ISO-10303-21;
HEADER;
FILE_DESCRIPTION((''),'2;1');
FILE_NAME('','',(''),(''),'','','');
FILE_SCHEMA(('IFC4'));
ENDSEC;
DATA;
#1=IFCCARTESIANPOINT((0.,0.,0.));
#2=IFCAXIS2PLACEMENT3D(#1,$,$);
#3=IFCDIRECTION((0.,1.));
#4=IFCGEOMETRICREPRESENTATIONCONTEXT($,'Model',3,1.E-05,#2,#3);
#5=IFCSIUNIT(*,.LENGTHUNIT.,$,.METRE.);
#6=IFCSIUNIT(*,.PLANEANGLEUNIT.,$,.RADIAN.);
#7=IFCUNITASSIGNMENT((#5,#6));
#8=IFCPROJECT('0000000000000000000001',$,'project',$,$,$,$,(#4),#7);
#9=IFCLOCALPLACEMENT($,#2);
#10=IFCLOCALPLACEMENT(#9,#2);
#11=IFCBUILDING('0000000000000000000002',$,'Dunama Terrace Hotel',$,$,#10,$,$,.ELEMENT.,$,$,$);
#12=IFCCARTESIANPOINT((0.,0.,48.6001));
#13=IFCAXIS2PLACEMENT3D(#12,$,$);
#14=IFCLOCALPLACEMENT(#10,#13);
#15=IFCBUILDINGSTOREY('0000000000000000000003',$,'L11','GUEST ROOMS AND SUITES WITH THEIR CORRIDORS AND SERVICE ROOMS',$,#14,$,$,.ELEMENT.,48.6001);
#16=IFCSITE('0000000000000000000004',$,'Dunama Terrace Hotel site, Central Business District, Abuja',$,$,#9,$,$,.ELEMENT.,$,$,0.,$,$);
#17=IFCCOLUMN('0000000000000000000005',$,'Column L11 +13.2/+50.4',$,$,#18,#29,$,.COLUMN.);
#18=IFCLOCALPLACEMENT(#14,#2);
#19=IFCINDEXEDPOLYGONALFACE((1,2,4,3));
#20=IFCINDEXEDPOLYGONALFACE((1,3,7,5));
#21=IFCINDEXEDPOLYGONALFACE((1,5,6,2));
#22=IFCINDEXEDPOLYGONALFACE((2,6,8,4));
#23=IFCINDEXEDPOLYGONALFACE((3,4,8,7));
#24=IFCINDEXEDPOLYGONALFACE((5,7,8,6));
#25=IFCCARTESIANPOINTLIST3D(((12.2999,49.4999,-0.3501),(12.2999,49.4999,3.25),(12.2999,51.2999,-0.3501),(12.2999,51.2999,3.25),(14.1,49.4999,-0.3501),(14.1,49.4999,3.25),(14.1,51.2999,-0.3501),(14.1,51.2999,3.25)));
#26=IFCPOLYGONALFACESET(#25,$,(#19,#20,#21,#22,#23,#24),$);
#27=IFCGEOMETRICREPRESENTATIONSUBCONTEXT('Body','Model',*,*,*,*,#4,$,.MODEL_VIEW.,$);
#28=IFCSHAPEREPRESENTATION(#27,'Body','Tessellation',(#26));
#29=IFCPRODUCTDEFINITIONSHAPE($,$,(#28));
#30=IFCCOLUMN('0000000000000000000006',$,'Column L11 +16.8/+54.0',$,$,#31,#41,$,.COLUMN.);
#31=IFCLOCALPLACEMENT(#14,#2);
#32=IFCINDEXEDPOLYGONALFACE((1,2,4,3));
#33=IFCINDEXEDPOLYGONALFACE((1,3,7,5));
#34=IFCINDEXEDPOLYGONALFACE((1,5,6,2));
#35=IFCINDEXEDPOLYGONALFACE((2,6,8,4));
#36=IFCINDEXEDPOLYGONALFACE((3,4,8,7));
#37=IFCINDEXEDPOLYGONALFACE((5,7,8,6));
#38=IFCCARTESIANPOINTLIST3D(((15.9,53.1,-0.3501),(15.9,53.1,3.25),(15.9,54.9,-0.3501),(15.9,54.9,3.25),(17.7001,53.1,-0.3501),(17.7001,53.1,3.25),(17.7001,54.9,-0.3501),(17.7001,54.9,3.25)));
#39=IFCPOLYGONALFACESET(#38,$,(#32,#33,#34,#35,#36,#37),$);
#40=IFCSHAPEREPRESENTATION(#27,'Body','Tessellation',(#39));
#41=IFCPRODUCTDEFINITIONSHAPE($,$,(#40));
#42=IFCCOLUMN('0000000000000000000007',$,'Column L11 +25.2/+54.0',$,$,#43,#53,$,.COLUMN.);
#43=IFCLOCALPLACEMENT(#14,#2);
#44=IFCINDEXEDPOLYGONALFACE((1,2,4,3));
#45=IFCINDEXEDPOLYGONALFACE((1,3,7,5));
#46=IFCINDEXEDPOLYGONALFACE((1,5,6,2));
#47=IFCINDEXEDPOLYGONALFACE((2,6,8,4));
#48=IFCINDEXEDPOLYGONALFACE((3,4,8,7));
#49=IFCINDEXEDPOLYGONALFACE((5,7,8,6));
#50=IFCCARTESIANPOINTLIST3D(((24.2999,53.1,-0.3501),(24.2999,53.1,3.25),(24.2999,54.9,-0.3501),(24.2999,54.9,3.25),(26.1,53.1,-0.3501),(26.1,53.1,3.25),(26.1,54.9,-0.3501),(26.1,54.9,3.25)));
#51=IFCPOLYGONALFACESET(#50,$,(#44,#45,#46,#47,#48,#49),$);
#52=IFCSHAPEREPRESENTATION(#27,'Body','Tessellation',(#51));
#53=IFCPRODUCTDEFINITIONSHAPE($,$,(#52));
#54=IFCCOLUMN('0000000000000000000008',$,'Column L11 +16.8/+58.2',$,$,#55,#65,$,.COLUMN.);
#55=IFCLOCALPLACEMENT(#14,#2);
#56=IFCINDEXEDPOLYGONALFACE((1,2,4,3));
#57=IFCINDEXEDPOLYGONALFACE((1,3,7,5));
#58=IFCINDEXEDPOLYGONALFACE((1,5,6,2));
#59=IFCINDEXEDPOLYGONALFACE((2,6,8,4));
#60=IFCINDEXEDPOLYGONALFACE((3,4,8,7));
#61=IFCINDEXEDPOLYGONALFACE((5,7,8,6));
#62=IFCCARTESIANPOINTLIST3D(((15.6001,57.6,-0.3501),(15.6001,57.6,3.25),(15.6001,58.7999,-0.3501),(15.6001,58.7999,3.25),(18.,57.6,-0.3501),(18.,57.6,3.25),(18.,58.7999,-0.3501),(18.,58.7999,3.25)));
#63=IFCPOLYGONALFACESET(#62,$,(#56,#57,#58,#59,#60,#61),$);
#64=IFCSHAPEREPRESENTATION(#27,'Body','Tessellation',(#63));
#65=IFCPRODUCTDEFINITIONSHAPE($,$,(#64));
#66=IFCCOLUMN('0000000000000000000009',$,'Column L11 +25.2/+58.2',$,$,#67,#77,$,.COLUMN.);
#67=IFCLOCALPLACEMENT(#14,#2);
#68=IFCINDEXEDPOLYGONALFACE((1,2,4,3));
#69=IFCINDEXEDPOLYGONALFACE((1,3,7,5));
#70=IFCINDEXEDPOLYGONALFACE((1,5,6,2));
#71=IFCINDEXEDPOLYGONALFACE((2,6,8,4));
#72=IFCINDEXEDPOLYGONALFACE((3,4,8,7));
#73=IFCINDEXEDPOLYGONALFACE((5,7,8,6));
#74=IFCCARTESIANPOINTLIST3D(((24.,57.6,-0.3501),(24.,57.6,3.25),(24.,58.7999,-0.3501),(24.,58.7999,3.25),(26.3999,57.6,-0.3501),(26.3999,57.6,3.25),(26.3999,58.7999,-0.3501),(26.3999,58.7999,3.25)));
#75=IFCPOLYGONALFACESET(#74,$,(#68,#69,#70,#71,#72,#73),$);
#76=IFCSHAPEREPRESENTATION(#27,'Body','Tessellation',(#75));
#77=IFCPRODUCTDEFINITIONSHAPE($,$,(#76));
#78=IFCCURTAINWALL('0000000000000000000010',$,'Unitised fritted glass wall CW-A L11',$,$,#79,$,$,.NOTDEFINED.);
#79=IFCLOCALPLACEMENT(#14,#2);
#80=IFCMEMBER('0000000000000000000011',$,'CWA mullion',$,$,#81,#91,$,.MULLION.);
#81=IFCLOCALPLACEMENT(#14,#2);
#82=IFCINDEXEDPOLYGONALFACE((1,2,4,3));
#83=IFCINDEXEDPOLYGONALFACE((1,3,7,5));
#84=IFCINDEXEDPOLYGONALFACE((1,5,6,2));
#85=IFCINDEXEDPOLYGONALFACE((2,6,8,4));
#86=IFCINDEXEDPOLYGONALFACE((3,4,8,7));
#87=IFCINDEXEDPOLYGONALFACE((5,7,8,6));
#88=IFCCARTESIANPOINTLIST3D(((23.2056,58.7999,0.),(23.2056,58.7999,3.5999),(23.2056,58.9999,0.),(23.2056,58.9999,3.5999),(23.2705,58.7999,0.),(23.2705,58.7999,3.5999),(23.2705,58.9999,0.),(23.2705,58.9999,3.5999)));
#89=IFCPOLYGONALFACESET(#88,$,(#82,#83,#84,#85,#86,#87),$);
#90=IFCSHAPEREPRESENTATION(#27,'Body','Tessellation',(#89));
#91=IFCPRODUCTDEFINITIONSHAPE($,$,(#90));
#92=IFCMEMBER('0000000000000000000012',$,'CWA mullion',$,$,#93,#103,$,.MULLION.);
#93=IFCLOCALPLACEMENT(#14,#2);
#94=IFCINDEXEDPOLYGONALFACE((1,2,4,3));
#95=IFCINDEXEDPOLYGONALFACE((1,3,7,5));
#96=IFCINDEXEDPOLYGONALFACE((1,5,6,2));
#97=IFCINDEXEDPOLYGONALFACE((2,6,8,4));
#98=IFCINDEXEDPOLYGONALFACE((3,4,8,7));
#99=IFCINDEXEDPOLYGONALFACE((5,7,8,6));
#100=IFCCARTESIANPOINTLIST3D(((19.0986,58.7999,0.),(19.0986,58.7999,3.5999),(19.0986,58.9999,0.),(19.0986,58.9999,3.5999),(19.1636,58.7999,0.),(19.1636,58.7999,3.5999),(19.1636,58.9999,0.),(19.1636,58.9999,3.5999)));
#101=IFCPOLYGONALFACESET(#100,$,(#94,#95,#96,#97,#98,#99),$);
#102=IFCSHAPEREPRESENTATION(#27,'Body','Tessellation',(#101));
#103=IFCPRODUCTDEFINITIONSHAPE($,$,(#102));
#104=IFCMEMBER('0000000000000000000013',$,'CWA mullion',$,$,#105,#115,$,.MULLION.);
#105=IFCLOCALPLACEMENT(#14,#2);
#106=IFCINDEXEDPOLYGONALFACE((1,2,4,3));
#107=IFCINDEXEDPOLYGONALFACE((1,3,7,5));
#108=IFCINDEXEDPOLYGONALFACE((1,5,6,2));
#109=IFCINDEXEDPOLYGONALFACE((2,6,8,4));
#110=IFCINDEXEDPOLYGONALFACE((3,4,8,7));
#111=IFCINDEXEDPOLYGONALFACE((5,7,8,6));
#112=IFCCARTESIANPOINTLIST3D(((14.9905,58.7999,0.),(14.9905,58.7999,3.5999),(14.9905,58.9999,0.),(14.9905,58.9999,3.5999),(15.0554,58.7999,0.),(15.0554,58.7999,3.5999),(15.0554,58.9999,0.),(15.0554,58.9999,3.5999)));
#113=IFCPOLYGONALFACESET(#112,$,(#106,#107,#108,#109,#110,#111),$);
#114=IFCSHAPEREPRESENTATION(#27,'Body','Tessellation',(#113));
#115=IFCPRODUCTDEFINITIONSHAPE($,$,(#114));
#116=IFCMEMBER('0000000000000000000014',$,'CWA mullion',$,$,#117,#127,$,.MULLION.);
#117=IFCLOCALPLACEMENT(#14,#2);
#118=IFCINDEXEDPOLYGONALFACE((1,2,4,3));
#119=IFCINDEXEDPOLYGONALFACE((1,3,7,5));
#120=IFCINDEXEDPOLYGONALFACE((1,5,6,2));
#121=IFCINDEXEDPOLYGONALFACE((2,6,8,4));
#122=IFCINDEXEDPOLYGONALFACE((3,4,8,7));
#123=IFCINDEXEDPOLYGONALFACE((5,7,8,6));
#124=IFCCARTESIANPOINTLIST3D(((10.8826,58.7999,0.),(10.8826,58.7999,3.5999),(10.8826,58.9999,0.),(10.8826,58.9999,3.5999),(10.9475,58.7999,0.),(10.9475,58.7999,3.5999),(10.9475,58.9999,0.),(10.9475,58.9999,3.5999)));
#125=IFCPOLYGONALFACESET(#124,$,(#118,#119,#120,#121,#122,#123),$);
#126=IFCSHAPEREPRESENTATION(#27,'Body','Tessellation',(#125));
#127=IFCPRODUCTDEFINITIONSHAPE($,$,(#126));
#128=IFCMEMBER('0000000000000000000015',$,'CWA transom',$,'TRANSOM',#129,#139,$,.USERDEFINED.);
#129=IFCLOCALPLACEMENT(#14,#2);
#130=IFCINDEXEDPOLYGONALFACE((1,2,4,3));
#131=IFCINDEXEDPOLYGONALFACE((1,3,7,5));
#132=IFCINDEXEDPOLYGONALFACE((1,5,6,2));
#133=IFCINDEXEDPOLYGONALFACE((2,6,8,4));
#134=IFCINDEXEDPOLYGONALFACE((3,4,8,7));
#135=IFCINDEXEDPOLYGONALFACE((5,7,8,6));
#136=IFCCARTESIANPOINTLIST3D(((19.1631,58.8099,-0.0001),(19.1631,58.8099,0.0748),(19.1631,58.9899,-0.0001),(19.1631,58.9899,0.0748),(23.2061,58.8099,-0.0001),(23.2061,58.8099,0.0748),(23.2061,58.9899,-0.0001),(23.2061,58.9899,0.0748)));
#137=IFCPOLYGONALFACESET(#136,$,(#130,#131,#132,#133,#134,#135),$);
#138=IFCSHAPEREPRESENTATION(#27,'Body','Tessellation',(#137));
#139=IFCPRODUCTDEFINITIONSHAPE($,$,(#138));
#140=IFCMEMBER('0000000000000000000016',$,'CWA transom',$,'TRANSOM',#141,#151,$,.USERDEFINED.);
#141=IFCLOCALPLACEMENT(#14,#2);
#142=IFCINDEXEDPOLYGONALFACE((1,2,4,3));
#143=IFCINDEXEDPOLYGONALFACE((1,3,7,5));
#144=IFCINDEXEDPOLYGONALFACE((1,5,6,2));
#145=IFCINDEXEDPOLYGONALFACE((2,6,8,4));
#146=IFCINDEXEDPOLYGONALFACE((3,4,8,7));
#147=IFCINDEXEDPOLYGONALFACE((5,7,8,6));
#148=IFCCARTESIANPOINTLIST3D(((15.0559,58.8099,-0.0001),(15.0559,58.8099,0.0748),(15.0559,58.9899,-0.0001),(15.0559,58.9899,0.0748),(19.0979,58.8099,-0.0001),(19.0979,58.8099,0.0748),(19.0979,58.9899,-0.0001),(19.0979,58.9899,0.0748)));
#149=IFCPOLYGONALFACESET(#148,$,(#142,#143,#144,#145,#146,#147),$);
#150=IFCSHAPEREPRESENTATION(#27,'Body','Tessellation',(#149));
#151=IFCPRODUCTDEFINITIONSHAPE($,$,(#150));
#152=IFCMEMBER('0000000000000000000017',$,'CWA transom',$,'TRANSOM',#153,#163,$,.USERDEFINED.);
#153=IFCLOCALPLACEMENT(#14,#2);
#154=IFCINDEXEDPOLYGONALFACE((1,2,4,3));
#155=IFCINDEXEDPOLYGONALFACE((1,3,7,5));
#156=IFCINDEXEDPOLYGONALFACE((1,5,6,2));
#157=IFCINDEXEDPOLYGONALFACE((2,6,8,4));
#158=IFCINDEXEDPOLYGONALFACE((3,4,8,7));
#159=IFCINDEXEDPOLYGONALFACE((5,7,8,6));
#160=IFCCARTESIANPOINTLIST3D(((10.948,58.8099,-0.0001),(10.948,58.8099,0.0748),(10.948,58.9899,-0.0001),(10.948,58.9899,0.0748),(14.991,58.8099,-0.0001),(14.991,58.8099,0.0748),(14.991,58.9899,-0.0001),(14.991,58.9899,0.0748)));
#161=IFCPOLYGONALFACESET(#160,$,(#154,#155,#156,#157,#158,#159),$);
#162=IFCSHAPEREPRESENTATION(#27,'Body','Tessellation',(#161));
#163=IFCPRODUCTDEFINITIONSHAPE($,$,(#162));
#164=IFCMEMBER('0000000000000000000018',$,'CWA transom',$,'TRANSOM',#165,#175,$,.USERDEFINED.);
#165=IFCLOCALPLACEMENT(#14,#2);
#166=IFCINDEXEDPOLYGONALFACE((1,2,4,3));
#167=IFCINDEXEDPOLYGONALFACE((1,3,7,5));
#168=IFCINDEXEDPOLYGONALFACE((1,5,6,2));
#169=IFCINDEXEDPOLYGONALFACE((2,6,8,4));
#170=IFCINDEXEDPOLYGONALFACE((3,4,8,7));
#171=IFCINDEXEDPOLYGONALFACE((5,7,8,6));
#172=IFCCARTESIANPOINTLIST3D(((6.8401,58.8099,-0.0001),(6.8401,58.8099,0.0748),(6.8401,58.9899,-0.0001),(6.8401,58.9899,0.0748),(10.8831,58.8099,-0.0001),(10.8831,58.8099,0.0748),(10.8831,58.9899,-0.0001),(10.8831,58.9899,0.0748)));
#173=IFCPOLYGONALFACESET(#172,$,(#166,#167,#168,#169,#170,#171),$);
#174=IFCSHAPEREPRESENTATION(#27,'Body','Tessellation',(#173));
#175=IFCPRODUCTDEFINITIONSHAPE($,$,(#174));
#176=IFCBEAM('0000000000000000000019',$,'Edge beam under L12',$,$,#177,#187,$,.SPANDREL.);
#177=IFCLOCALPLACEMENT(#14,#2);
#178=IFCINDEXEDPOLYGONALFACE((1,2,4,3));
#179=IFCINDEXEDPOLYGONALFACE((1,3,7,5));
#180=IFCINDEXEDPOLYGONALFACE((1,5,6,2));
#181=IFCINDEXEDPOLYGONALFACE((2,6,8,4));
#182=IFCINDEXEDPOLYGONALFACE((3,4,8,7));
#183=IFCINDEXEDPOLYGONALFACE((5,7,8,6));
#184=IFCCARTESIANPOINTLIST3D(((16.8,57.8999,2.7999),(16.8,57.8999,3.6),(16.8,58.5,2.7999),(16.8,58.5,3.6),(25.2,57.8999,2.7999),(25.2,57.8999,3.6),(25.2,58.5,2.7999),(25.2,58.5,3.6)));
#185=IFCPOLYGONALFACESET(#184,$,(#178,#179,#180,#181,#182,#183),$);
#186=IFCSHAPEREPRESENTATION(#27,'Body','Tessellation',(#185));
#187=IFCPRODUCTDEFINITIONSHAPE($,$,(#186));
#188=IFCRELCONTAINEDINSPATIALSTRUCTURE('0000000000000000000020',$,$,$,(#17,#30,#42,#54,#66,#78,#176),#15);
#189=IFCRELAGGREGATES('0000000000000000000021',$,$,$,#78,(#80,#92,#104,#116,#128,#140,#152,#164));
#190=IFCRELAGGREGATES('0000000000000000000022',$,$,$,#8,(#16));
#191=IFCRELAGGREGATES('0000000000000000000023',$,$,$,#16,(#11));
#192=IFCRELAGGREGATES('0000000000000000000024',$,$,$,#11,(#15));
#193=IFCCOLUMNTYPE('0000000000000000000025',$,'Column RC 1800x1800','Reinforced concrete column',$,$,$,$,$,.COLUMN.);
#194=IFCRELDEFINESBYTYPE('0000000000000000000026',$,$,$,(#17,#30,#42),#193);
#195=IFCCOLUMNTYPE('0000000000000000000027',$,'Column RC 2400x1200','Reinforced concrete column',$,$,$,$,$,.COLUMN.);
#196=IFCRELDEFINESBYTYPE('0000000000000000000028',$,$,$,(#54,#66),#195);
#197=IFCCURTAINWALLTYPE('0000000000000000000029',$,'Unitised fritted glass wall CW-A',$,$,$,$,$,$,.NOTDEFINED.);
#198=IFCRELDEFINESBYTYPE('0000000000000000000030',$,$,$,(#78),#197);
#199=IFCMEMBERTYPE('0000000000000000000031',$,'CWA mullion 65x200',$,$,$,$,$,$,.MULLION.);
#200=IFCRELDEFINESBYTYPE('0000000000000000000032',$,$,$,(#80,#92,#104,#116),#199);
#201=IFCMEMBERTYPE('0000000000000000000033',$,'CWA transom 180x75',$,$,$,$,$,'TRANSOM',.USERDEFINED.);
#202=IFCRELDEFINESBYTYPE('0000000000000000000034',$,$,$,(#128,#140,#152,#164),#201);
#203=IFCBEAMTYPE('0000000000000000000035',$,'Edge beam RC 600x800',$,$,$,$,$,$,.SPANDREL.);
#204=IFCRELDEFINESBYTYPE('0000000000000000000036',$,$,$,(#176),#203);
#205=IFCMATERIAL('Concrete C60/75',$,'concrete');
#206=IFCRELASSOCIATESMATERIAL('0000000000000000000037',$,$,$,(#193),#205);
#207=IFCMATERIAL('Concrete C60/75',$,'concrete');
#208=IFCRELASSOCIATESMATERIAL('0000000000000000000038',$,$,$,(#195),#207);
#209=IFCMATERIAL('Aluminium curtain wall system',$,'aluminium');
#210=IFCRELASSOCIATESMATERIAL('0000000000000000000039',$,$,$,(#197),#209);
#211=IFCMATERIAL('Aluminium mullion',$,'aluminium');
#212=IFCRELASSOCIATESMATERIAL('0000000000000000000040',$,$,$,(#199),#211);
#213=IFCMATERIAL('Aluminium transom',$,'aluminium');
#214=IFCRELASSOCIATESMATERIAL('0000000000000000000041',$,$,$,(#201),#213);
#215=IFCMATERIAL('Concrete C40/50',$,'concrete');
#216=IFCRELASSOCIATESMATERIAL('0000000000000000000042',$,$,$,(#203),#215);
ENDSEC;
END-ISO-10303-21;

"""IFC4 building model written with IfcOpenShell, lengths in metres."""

from ifc_helpers import new_model, si_unit, direction, frame, origin, origin_2d, place, context, subcontext, project, spatial, rectangle, extrude, material, material_profile, profile_set, type_object, element, aggregate, save


model = new_model("IFC4")

# Units and contexts
model_context = context("Model", 3, precision=1e-05, world=origin(), true_north=direction((0.0, 1.0)))
body_context = subcontext(model_context, "Body", "Model", "MODEL_VIEW")
ifc_project = project(units=[si_unit("LENGTHUNIT", "METRE"), si_unit("PLANEANGLEUNIT", "RADIAN")], contexts=[model_context])

# Site, building, storey
site_placement = place(None, origin())
site = spatial("IfcSite", under=ifc_project, at=site_placement, Name="Dunama Terrace Hotel site, Central Business District, Abuja", CompositionType="ELEMENT", RefElevation=0.0)
building_placement = place(site_placement, origin())
building = spatial("IfcBuilding", under=site, at=building_placement, Name="Dunama Terrace Hotel", CompositionType="ELEMENT")
storey_placement = place(building_placement, frame((0.0, 0.0, 48.6001)))
storey = spatial("IfcBuildingStorey", under=building, at=storey_placement, Name="L11", Description="GUEST ROOMS AND SUITES WITH THEIR CORRIDORS AND SERVICE ROOMS", CompositionType="ELEMENT", Elevation=48.6001)

# Columns
ifc_material_1 = material(Name="Concrete C60/75", Category="concrete")
ifc_material_profile_1 = material_profile(ifc_material_1, rectangle(XDim=1.8, YDim=1.8, at=origin_2d()), Name="RC 1800x1800")
ifc_profile_set_1 = profile_set([ifc_material_profile_1], Name="Concrete C60/75")
column_type_1 = type_object("IfcColumnType", Name="Column RC 1800x1800", Description="Reinforced concrete column", PredefinedType="COLUMN", material=ifc_profile_set_1)
for number, where, z_axis, x_axis, name in (
    (1, (13.2, 50.3999, -0.3501), (0.0, 0.0, 1.0), (1.0, 0.0, 0.0), "Column L11 +13.2/+50.4"),
    (2, (16.8, 54.0, -0.3501), (0.0, 0.0, 1.0), (1.0, 0.0, 0.0), "Column L11 +16.8/+54.0"),
    (3, (25.2, 54.0, -0.3501), (0.0, 0.0, 1.0), (1.0, 0.0, 0.0), "Column L11 +25.2/+54.0"),
):
    element("IfcColumn", number, at=place(storey_placement, frame(where, z_axis=z_axis, x_axis=x_axis)), inside=storey, type_object=column_type_1, Name=name, PredefinedType="COLUMN", context=body_context, shape_type="SweptSolid", body=[
        extrude(rectangle(XDim=1.8, YDim=1.8, at=origin_2d()), origin(), (0.0, 0.0, 1.0), 3.6001),
    ])
ifc_material_2 = material(Name="Concrete C60/75", Category="concrete")
ifc_material_profile_2 = material_profile(ifc_material_2, rectangle(XDim=2.3999, YDim=1.2, at=origin_2d()), Name="RC 2400x1200")
ifc_profile_set_2 = profile_set([ifc_material_profile_2], Name="Concrete C60/75")
column_type_2 = type_object("IfcColumnType", Name="Column RC 2400x1200", Description="Reinforced concrete column", PredefinedType="COLUMN", material=ifc_profile_set_2)
for number, where, z_axis, x_axis, name in (
    (4, (16.8, 58.2, -0.3501), (0.0, 0.0, 1.0), (1.0, 0.0, 0.0), "Column L11 +16.8/+58.2"),
    (5, (25.2, 58.2, -0.3501), (0.0, 0.0, 1.0), (1.0, 0.0, 0.0), "Column L11 +25.2/+58.2"),
):
    element("IfcColumn", number, at=place(storey_placement, frame(where, z_axis=z_axis, x_axis=x_axis)), inside=storey, type_object=column_type_2, Name=name, PredefinedType="COLUMN", context=body_context, shape_type="SweptSolid", body=[
        extrude(rectangle(XDim=2.3999, YDim=1.2, at=origin_2d()), origin(), (0.0, 0.0, 1.0), 3.6001),
    ])

# Curtain wall, members
ifc_material_3 = material(Name="Aluminium curtain wall system", Category="aluminium")
curtain_wall_type = type_object("IfcCurtainWallType", Name="Unitised fritted glass wall CW-A", PredefinedType="NOTDEFINED", material=ifc_material_3)
curtain_wall_placement = place(storey_placement, origin())
curtain_wall = element("IfcCurtainWall", 6, at=curtain_wall_placement, inside=storey, type_object=curtain_wall_type, Name="Unitised fritted glass wall CW-A L11", PredefinedType="NOTDEFINED")
ifc_material_4 = material(Name="Aluminium mullion", Category="aluminium")
ifc_material_profile_3 = material_profile(ifc_material_4, rectangle(XDim=0.0649, YDim=0.2, at=origin_2d()), Name="CWA MULLION 65X200")
ifc_profile_set_3 = profile_set([ifc_material_profile_3], Name="Aluminium mullion")
member_type_1 = type_object("IfcMemberType", Name="CWA mullion 65x200", PredefinedType="MULLION", material=ifc_profile_set_3)
member_1_placement = place(storey_placement, frame((23.238, 58.8999, 0.0), z_axis=(0.0, 0.0, 1.0), x_axis=(-1.0, 0.0, 0.0)))
member_1 = element("IfcMember", 7, at=member_1_placement, type_object=member_type_1, Name="CWA mullion", PredefinedType="MULLION", context=body_context, shape_type="SweptSolid", body=[
    extrude(rectangle(XDim=0.0649, YDim=0.2, at=origin_2d()), origin(), (0.0, 0.0, 1.0), 3.5999),
])
member_2_placement = place(storey_placement, frame((19.1311, 58.8999, 0.0), z_axis=(0.0, 0.0, 1.0), x_axis=(-1.0, 0.0, 0.0)))
member_2 = element("IfcMember", 8, at=member_2_placement, type_object=member_type_1, Name="CWA mullion", PredefinedType="MULLION", context=body_context, shape_type="SweptSolid", body=[
    extrude(rectangle(XDim=0.0649, YDim=0.2, at=origin_2d()), origin(), (0.0, 0.0, 1.0), 3.5999),
])
member_3_placement = place(storey_placement, frame((15.0229, 58.8999, 0.0), z_axis=(0.0, 0.0, 1.0), x_axis=(-1.0, 0.0, 0.0)))
member_3 = element("IfcMember", 9, at=member_3_placement, type_object=member_type_1, Name="CWA mullion", PredefinedType="MULLION", context=body_context, shape_type="SweptSolid", body=[
    extrude(rectangle(XDim=0.0649, YDim=0.2, at=origin_2d()), origin(), (0.0, 0.0, 1.0), 3.5999),
])
member_4_placement = place(storey_placement, frame((10.915, 58.8999, 0.0), z_axis=(0.0, 0.0, 1.0), x_axis=(-1.0, 0.0, 0.0)))
member_4 = element("IfcMember", 10, at=member_4_placement, type_object=member_type_1, Name="CWA mullion", PredefinedType="MULLION", context=body_context, shape_type="SweptSolid", body=[
    extrude(rectangle(XDim=0.0649, YDim=0.2, at=origin_2d()), origin(), (0.0, 0.0, 1.0), 3.5999),
])
ifc_material_5 = material(Name="Aluminium transom", Category="aluminium")
ifc_material_profile_4 = material_profile(ifc_material_5, rectangle(XDim=0.1799, YDim=0.075, at=origin_2d()), Name="CWA TRANSOM 180X75")
ifc_profile_set_4 = profile_set([ifc_material_profile_4], Name="Aluminium transom")
member_type_2 = type_object("IfcMemberType", Name="CWA transom 180x75", ElementType="TRANSOM", PredefinedType="USERDEFINED", material=ifc_profile_set_4)
member_5_placement = place(storey_placement, frame((23.2061, 58.8999, 0.0374), z_axis=(-1.0, 0.0, 0.0), x_axis=(0.0, -1.0, 0.0)))
member_5 = element("IfcMember", 11, at=member_5_placement, type_object=member_type_2, Name="CWA transom", ObjectType="TRANSOM", PredefinedType="USERDEFINED", context=body_context, shape_type="SweptSolid", body=[
    extrude(rectangle(XDim=0.1799, YDim=0.075, at=origin_2d()), origin(), (0.0, 0.0, 1.0), 4.043),
])
member_6_placement = place(storey_placement, frame((19.0979, 58.8999, 0.0374), z_axis=(-1.0, 0.0, 0.0), x_axis=(0.0, -1.0, 0.0)))
member_6 = element("IfcMember", 12, at=member_6_placement, type_object=member_type_2, Name="CWA transom", ObjectType="TRANSOM", PredefinedType="USERDEFINED", context=body_context, shape_type="SweptSolid", body=[
    extrude(rectangle(XDim=0.1799, YDim=0.075, at=origin_2d()), origin(), (0.0, 0.0, 1.0), 4.042),
])
member_7_placement = place(storey_placement, frame((14.991, 58.8999, 0.0374), z_axis=(-1.0, 0.0, 0.0), x_axis=(0.0, -1.0, 0.0)))
member_7 = element("IfcMember", 13, at=member_7_placement, type_object=member_type_2, Name="CWA transom", ObjectType="TRANSOM", PredefinedType="USERDEFINED", context=body_context, shape_type="SweptSolid", body=[
    extrude(rectangle(XDim=0.1799, YDim=0.075, at=origin_2d()), origin(), (0.0, 0.0, 1.0), 4.043),
])
member_8_placement = place(storey_placement, frame((10.8831, 58.8999, 0.0374), z_axis=(-1.0, 0.0, 0.0), x_axis=(0.0, -1.0, 0.0)))
member_8 = element("IfcMember", 14, at=member_8_placement, type_object=member_type_2, Name="CWA transom", ObjectType="TRANSOM", PredefinedType="USERDEFINED", context=body_context, shape_type="SweptSolid", body=[
    extrude(rectangle(XDim=0.1799, YDim=0.075, at=origin_2d()), origin(), (0.0, 0.0, 1.0), 4.043),
])

# Beam
ifc_material_6 = material(Name="Concrete C40/50", Category="concrete")
ifc_material_profile_5 = material_profile(ifc_material_6, rectangle(XDim=0.6001, YDim=0.8, at=origin_2d()), Name="RC 600x800")
ifc_profile_set_5 = profile_set([ifc_material_profile_5], Name="Concrete C40/50")
beam_type = type_object("IfcBeamType", Name="Edge beam RC 600x800", PredefinedType="SPANDREL", material=ifc_profile_set_5)
beam_1_placement = place(storey_placement, frame((16.8, 58.2, 3.2), z_axis=(1.0, 0.0, 0.0), x_axis=(0.0, 1.0, 0.0)))
element("IfcBeam", 15, at=beam_1_placement, inside=storey, type_object=beam_type, Name="Edge beam under L12", PredefinedType="SPANDREL", context=body_context, shape_type="SweptSolid", body=[
    extrude(rectangle(XDim=0.6001, YDim=0.8, at=origin_2d()), origin(), (0.0, 0.0, 1.0), 8.3999),
])

aggregate(curtain_wall, [member_1, member_2, member_3, member_4, member_5, member_6, member_7, member_8])

save(model, "model.ifc")
